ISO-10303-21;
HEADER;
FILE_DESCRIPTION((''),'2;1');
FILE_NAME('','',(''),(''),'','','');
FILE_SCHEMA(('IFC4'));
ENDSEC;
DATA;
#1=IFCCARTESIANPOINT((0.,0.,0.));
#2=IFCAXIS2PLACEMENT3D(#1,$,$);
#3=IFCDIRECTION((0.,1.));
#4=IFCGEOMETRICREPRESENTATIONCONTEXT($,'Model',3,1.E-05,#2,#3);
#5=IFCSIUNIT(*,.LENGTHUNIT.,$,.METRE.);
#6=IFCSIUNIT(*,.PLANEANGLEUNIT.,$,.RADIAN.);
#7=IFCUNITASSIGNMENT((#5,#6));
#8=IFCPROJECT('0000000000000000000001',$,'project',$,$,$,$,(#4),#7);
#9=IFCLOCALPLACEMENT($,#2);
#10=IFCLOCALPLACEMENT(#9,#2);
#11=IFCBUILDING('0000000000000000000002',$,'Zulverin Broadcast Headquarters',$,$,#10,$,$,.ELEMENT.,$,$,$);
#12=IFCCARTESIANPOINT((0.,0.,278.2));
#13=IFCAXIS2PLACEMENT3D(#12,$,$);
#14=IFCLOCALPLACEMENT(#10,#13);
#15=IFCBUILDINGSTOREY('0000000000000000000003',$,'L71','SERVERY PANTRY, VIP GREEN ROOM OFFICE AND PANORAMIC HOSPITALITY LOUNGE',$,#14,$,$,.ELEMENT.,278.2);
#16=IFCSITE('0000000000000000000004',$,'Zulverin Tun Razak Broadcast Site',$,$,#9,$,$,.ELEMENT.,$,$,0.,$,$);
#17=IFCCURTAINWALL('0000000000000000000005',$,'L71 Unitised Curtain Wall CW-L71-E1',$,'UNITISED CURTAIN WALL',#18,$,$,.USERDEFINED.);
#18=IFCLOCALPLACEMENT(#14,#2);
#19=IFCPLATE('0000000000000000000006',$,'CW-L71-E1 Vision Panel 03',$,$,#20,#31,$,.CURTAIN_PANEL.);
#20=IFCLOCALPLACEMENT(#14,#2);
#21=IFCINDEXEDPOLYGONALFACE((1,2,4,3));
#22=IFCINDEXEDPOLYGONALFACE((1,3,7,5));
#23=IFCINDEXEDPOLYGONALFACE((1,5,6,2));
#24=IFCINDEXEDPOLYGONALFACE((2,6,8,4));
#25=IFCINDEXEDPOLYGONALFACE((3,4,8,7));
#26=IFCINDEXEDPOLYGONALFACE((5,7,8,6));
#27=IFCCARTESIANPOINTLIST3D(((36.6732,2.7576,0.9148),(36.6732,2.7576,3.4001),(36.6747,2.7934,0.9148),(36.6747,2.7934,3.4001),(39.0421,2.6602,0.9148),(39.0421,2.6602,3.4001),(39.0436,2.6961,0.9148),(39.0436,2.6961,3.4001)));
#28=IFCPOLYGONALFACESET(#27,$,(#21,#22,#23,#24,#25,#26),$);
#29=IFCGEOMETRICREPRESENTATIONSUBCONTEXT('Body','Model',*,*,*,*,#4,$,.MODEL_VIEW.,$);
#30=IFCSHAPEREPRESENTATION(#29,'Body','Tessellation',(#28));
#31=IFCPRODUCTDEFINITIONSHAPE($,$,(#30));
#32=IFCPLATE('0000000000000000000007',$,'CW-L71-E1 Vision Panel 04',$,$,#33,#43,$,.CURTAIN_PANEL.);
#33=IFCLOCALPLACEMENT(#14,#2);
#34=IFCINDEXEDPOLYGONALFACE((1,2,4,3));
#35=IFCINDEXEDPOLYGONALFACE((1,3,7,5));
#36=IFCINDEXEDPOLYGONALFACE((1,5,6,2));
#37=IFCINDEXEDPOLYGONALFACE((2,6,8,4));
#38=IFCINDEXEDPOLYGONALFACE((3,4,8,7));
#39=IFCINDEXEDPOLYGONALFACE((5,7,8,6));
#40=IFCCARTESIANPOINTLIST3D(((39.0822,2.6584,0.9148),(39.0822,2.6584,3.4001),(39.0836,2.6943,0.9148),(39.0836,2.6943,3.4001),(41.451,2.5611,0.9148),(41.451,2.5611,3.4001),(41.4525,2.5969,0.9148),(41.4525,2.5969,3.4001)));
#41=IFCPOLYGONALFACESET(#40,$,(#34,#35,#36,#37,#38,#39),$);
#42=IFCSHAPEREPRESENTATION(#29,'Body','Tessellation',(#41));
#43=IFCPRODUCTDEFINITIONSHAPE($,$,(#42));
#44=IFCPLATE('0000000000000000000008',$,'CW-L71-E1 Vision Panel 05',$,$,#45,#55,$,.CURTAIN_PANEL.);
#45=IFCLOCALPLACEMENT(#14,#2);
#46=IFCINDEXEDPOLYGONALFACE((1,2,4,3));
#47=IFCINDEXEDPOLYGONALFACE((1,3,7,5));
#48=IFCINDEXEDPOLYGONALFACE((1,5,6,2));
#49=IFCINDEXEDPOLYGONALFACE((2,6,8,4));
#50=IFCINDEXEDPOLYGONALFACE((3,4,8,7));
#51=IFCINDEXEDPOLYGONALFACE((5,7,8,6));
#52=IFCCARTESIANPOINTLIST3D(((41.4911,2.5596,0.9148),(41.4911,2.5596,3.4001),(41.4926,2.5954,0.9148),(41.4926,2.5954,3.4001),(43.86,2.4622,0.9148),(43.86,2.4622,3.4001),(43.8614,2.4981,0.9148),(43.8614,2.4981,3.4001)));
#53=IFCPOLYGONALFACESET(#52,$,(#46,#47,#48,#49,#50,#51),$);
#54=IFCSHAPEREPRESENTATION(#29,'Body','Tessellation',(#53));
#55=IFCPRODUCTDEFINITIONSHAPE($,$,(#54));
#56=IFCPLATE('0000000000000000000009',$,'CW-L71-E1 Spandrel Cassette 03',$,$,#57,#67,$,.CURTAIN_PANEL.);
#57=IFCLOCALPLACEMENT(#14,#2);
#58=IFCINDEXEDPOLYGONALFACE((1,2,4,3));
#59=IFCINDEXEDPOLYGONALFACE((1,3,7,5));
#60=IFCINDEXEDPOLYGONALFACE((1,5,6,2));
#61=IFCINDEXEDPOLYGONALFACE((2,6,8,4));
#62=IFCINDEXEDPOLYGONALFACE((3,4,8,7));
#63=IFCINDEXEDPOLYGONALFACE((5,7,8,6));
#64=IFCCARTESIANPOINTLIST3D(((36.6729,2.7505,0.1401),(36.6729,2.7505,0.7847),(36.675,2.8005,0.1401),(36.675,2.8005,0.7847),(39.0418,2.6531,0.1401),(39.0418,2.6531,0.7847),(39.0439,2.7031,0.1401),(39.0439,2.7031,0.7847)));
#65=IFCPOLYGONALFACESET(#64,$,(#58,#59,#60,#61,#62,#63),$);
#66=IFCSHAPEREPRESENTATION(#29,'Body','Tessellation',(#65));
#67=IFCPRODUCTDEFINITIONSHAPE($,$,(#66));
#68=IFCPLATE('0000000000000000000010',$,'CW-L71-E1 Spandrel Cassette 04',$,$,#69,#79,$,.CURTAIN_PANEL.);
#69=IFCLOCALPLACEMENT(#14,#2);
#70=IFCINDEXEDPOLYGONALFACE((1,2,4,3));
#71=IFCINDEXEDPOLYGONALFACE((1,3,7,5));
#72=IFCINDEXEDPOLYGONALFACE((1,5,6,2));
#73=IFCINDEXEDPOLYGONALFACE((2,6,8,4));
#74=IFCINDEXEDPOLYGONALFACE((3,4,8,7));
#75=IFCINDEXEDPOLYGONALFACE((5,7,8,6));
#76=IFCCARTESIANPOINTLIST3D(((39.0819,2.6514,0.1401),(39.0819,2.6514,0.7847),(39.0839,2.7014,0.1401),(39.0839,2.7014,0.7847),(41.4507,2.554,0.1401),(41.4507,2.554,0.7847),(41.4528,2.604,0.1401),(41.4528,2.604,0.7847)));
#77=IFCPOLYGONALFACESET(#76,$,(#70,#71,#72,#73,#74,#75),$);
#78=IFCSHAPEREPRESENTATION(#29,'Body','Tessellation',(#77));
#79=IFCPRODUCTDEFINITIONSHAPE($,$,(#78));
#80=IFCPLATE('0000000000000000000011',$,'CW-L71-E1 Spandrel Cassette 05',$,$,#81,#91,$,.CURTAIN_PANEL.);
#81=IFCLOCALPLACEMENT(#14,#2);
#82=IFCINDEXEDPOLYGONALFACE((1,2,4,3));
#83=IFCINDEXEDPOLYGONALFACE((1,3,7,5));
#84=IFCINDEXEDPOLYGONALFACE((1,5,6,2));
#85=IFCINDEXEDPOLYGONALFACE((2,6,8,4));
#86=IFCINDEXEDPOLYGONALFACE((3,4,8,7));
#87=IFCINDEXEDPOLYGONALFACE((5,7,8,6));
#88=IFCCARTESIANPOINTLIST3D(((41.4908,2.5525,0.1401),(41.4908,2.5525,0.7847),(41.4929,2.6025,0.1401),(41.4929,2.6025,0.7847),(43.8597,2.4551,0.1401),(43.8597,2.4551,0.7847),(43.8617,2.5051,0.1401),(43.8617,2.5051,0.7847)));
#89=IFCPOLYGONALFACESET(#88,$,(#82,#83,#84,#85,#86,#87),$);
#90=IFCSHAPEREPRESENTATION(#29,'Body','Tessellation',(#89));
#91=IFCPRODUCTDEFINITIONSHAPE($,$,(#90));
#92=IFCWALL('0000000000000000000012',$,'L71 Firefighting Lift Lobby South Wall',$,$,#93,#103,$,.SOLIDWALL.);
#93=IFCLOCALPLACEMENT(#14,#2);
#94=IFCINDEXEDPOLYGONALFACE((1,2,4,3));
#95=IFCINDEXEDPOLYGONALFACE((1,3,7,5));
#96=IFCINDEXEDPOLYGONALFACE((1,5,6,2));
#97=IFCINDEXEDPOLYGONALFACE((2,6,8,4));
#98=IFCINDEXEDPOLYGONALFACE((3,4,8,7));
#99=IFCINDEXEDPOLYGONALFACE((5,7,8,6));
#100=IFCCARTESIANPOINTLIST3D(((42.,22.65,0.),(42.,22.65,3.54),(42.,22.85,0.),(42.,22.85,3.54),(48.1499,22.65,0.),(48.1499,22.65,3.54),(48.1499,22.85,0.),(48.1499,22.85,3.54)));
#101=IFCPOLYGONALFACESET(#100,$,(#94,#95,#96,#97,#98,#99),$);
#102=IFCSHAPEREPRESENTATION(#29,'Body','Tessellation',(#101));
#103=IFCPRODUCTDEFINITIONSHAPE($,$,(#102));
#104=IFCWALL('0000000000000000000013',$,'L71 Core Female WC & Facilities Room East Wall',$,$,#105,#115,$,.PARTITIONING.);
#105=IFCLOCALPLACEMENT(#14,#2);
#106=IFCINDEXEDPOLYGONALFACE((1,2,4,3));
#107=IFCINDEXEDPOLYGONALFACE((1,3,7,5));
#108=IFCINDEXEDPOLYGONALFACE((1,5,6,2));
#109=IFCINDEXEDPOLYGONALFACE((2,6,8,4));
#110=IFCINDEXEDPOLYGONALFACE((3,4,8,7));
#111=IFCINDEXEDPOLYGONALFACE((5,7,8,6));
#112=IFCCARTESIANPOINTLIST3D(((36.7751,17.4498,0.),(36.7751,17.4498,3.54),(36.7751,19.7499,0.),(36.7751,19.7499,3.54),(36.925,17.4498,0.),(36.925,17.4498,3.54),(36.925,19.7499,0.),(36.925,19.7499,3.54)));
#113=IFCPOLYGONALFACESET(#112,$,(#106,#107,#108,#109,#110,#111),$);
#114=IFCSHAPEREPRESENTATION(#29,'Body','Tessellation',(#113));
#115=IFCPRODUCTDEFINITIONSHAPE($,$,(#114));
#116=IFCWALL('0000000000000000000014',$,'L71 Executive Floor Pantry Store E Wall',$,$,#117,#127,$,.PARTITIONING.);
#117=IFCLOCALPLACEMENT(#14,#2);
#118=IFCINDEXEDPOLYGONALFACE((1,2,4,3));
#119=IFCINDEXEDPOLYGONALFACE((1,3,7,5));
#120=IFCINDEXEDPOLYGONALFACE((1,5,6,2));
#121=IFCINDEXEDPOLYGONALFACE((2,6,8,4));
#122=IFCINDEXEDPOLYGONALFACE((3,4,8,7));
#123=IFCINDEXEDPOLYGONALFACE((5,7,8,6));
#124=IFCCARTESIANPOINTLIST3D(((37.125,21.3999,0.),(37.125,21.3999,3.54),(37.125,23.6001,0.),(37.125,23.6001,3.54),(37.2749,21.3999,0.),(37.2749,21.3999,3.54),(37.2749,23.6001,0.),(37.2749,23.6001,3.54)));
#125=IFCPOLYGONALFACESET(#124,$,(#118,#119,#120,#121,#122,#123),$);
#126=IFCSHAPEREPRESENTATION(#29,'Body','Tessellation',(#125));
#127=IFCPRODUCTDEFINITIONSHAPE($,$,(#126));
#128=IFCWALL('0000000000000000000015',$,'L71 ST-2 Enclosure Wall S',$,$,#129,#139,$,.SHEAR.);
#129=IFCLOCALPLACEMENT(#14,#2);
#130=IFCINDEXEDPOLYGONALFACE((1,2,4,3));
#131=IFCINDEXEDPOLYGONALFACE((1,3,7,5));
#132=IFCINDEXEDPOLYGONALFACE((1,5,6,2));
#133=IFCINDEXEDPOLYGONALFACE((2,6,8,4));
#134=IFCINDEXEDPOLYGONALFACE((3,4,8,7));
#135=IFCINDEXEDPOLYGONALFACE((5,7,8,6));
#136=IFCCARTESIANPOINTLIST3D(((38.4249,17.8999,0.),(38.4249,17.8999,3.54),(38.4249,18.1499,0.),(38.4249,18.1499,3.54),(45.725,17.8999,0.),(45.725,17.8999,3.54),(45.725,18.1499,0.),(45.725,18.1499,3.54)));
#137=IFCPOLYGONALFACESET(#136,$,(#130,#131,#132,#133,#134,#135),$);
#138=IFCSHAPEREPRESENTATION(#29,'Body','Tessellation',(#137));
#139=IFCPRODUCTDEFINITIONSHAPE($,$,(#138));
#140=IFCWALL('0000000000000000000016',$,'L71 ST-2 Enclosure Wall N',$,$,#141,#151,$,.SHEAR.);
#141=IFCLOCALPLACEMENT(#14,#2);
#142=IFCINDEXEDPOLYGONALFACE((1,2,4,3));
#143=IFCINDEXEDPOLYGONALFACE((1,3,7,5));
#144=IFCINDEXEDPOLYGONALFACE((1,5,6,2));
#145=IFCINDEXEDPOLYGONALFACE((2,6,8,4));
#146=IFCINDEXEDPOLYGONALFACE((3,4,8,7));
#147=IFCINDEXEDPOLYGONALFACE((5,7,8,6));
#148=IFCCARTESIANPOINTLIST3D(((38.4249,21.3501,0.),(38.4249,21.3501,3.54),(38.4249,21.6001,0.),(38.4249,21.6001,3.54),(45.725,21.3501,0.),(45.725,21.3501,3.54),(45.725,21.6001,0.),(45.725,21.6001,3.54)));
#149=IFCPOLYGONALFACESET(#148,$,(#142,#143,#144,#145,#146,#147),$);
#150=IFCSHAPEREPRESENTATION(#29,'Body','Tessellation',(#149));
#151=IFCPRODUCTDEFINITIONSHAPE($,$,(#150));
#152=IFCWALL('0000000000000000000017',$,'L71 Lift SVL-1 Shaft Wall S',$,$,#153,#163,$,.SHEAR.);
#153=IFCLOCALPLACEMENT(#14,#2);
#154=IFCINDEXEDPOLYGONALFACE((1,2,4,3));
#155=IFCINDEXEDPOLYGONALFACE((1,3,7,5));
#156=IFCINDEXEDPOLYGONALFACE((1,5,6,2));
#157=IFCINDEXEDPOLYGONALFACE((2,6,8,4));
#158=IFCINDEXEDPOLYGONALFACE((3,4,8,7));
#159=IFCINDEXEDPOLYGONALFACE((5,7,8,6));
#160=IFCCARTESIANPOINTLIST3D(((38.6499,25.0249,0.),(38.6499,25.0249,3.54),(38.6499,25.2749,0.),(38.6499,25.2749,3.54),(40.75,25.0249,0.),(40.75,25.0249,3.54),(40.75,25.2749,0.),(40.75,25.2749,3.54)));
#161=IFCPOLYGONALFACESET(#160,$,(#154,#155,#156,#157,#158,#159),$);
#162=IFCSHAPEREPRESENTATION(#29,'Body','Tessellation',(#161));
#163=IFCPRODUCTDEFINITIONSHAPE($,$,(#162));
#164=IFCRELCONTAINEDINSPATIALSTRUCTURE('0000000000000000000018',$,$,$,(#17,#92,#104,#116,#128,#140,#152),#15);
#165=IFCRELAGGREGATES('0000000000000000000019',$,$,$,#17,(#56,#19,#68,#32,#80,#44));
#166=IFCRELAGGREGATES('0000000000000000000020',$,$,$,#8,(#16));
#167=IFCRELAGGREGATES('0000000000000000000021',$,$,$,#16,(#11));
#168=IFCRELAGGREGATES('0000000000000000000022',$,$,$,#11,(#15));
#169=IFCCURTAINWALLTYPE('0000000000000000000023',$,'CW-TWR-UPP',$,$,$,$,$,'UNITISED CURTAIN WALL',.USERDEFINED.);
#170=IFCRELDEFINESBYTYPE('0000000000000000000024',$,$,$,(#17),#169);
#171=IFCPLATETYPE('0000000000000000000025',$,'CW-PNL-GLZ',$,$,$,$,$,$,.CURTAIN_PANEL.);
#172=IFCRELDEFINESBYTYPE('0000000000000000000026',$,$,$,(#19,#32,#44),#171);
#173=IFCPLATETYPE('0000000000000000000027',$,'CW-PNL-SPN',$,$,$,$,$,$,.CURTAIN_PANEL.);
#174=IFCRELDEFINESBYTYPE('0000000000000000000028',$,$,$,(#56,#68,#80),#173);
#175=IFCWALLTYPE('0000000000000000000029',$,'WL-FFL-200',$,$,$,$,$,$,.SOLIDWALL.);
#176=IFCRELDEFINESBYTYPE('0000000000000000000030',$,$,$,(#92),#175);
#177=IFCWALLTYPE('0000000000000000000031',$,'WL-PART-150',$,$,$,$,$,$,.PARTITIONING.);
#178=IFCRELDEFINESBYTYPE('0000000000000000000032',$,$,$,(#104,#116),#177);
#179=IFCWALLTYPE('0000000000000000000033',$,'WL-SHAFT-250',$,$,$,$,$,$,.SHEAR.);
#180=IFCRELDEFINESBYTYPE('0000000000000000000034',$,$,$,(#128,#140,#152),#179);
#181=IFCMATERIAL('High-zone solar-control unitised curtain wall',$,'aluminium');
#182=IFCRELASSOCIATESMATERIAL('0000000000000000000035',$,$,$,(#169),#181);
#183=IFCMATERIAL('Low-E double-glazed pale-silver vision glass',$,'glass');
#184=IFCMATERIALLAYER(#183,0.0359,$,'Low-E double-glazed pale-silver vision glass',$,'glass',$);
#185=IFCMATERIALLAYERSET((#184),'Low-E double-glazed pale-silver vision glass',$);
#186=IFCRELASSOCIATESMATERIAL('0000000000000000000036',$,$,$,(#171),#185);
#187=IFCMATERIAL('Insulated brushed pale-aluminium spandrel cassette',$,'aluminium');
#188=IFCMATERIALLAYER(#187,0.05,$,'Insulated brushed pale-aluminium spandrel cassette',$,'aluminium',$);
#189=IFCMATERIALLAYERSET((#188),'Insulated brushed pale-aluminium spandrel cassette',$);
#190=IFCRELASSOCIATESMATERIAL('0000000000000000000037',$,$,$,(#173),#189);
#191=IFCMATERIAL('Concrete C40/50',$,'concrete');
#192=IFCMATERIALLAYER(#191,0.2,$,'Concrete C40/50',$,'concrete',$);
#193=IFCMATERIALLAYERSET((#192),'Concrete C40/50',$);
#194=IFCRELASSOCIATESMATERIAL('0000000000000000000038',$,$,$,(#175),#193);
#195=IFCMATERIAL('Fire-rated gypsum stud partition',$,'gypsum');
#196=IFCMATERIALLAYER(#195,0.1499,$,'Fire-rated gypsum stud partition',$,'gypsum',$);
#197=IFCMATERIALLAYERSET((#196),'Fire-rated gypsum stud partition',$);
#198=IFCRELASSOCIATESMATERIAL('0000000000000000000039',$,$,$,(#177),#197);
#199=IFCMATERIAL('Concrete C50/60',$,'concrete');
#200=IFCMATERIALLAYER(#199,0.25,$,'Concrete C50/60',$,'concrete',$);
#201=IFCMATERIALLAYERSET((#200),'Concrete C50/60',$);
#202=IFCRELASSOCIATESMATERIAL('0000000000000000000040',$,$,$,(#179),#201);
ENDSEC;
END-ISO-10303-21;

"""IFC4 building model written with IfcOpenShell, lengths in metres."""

from ifc_helpers import new_model, si_unit, direction, frame, frame_2d, origin, origin_2d, place, context, subcontext, project, spatial, rectangle, extrude, material, layer, layer_set, type_object, element, aggregate, save


model = new_model("IFC4")

# Units and contexts
model_context = context("Model", 3, precision=1e-05, world=origin(), true_north=direction((0.0, 1.0)))
body_context = subcontext(model_context, "Body", "Model", "MODEL_VIEW")
ifc_project = project(units=[si_unit("LENGTHUNIT", "METRE"), si_unit("PLANEANGLEUNIT", "RADIAN")], contexts=[model_context])

# Site, building, storey
site_placement = place(None, origin())
site = spatial("IfcSite", under=ifc_project, at=site_placement, Name="Zulverin Tun Razak Broadcast Site", CompositionType="ELEMENT", RefElevation=0.0)
building_placement = place(site_placement, origin())
building = spatial("IfcBuilding", under=site, at=building_placement, Name="Zulverin Broadcast Headquarters", CompositionType="ELEMENT")
storey_placement = place(building_placement, frame((0.0, 0.0, 278.2)))
storey = spatial("IfcBuildingStorey", under=building, at=storey_placement, Name="L71", Description="SERVERY PANTRY, VIP GREEN ROOM OFFICE AND PANORAMIC HOSPITALITY LOUNGE", CompositionType="ELEMENT", Elevation=278.2)

# Shared definitions
ifc_material_1 = material(Name="Concrete C50/60", Category="concrete")

# Shared definitions
ifc_material_2 = material(Name="Concrete C40/50", Category="concrete")

# Curtain wall, plates
ifc_material_3 = material(Name="High-zone solar-control unitised curtain wall", Category="aluminium")
curtain_wall_type = type_object("IfcCurtainWallType", Name="CW-TWR-UPP", ElementType="UNITISED CURTAIN WALL", PredefinedType="USERDEFINED", material=ifc_material_3)
curtain_wall_placement = place(storey_placement, origin())
curtain_wall = element("IfcCurtainWall", 1, at=curtain_wall_placement, inside=storey, type_object=curtain_wall_type, Name="L71 Unitised Curtain Wall CW-L71-E1", ObjectType="UNITISED CURTAIN WALL", PredefinedType="USERDEFINED")
ifc_material_4 = material(Name="Low-E double-glazed pale-silver vision glass", Category="glass")
ifc_layer_1 = layer(ifc_material_4, 0.0359, Name="Low-E double-glazed pale-silver vision glass", Category="glass")
ifc_layer_set_1 = layer_set([ifc_layer_1], Name="Low-E double-glazed pale-silver vision glass")
plate_type_1 = type_object("IfcPlateType", Name="CW-PNL-GLZ", PredefinedType="CURTAIN_PANEL", material=ifc_layer_set_1)
plate_1_placement = place(storey_placement, frame((37.8584, 2.7268, 0.9148), z_axis=(0.0, 0.0, 1.0), x_axis=(0.999156, -0.04107, 0.0)))
plate_1 = element("IfcPlate", 2, at=plate_1_placement, type_object=plate_type_1, Name="CW-L71-E1 Vision Panel 03", PredefinedType="CURTAIN_PANEL", context=body_context, shape_type="SweptSolid", body=[
    extrude(rectangle(XDim=2.3708, YDim=0.0359, at=origin_2d()), origin(), (0.0, 0.0, 1.0), 2.4854),
])
plate_2_placement = place(storey_placement, frame((40.2673, 2.6277, 0.9148), z_axis=(0.0, 0.0, 1.0), x_axis=(0.999156, -0.04107, 0.0)))
plate_2 = element("IfcPlate", 3, at=plate_2_placement, type_object=plate_type_1, Name="CW-L71-E1 Vision Panel 04", PredefinedType="CURTAIN_PANEL", context=body_context, shape_type="SweptSolid", body=[
    extrude(rectangle(XDim=2.3708, YDim=0.0359, at=origin_2d()), origin(), (0.0, 0.0, 1.0), 2.4854),
])
plate_3_placement = place(storey_placement, frame((42.6763, 2.5288, 0.9148), z_axis=(0.0, 0.0, 1.0), x_axis=(0.999156, -0.04107, 0.0)))
plate_3 = element("IfcPlate", 4, at=plate_3_placement, type_object=plate_type_1, Name="CW-L71-E1 Vision Panel 05", PredefinedType="CURTAIN_PANEL", context=body_context, shape_type="SweptSolid", body=[
    extrude(rectangle(XDim=2.3708, YDim=0.0359, at=origin_2d()), origin(), (0.0, 0.0, 1.0), 2.4854),
])
ifc_material_5 = material(Name="Insulated brushed pale-aluminium spandrel cassette", Category="aluminium")
ifc_layer_2 = layer(ifc_material_5, 0.05, Name="Insulated brushed pale-aluminium spandrel cassette", Category="aluminium")
ifc_layer_set_2 = layer_set([ifc_layer_2], Name="Insulated brushed pale-aluminium spandrel cassette")
plate_type_2 = type_object("IfcPlateType", Name="CW-PNL-SPN", PredefinedType="CURTAIN_PANEL", material=ifc_layer_set_2)
plate_4_placement = place(storey_placement, frame((37.8584, 2.7268, 0.1401), z_axis=(0.0, 0.0, 1.0), x_axis=(0.999156, -0.04107, 0.0)))
plate_4 = element("IfcPlate", 5, at=plate_4_placement, type_object=plate_type_2, Name="CW-L71-E1 Spandrel Cassette 03", PredefinedType="CURTAIN_PANEL", context=body_context, shape_type="SweptSolid", body=[
    extrude(rectangle(XDim=2.3708, YDim=0.05, at=origin_2d()), origin(), (0.0, 0.0, 1.0), 0.6445),
])
plate_5_placement = place(storey_placement, frame((40.2673, 2.6277, 0.1401), z_axis=(0.0, 0.0, 1.0), x_axis=(0.999156, -0.04107, 0.0)))
plate_5 = element("IfcPlate", 6, at=plate_5_placement, type_object=plate_type_2, Name="CW-L71-E1 Spandrel Cassette 04", PredefinedType="CURTAIN_PANEL", context=body_context, shape_type="SweptSolid", body=[
    extrude(rectangle(XDim=2.3708, YDim=0.05, at=origin_2d()), origin(), (0.0, 0.0, 1.0), 0.6445),
])
plate_6_placement = place(storey_placement, frame((42.6763, 2.5288, 0.1401), z_axis=(0.0, 0.0, 1.0), x_axis=(0.999156, -0.04107, 0.0)))
plate_6 = element("IfcPlate", 7, at=plate_6_placement, type_object=plate_type_2, Name="CW-L71-E1 Spandrel Cassette 05", PredefinedType="CURTAIN_PANEL", context=body_context, shape_type="SweptSolid", body=[
    extrude(rectangle(XDim=2.3708, YDim=0.05, at=origin_2d()), origin(), (0.0, 0.0, 1.0), 0.6445),
])
aggregate(curtain_wall, [plate_4, plate_1, plate_5, plate_2, plate_6, plate_3])

# Shared definitions
ifc_layer_3 = layer(ifc_material_2, 0.2, Name="Concrete C40/50", Category="concrete")
ifc_layer_set_3 = layer_set([ifc_layer_3], Name="Concrete C40/50")
wall_type_1 = type_object("IfcWallType", Name="WL-FFL-200", PredefinedType="SOLIDWALL", material=ifc_layer_set_3)

# Walls
wall_1_placement = place(storey_placement, frame((42.0, 22.75, 0.0), z_axis=(0.0, 0.0, 1.0), x_axis=(1.0, 0.0, 0.0)))
element("IfcWall", 8, at=wall_1_placement, inside=storey, type_object=wall_type_1, Name="L71 Firefighting Lift Lobby South Wall", PredefinedType="SOLIDWALL", context=body_context, shape_type="SweptSolid", body=[
    extrude(rectangle(XDim=6.1499, YDim=0.2, at=frame_2d((3.075, 0.0))), origin(), (0.0, 0.0, 1.0), 3.54),
])
ifc_material_6 = material(Name="Fire-rated gypsum stud partition", Category="gypsum")
ifc_layer_4 = layer(ifc_material_6, 0.1499, Name="Fire-rated gypsum stud partition", Category="gypsum")
ifc_layer_set_4 = layer_set([ifc_layer_4], Name="Fire-rated gypsum stud partition")
wall_type_2 = type_object("IfcWallType", Name="WL-PART-150", PredefinedType="PARTITIONING", material=ifc_layer_set_4)
wall_2_placement = place(storey_placement, frame((36.8501, 17.45, 0.0), z_axis=(0.0, 0.0, 1.0), x_axis=(0.0, 1.0, 0.0)))
element("IfcWall", 9, at=wall_2_placement, inside=storey, type_object=wall_type_2, Name="L71 Core Female WC & Facilities Room East Wall", PredefinedType="PARTITIONING", context=body_context, shape_type="SweptSolid", body=[
    extrude(rectangle(XDim=2.3, YDim=0.1499, at=frame_2d((1.1499, 0.0))), origin(), (0.0, 0.0, 1.0), 3.54),
])
wall_3_placement = place(storey_placement, frame((37.2, 21.3999, 0.0), z_axis=(0.0, 0.0, 1.0), x_axis=(0.0, 1.0, 0.0)))
element("IfcWall", 10, at=wall_3_placement, inside=storey, type_object=wall_type_2, Name="L71 Executive Floor Pantry Store E Wall", PredefinedType="PARTITIONING", context=body_context, shape_type="SweptSolid", body=[
    extrude(rectangle(XDim=2.2002, YDim=0.1499, at=frame_2d((1.1001, 0.0))), origin(), (0.0, 0.0, 1.0), 3.54),
])
ifc_layer_5 = layer(ifc_material_1, 0.25, Name="Concrete C50/60", Category="concrete")
ifc_layer_set_5 = layer_set([ifc_layer_5], Name="Concrete C50/60")
wall_type_3 = type_object("IfcWallType", Name="WL-SHAFT-250", PredefinedType="SHEAR", material=ifc_layer_set_5)
for number, where, z_axis, x_axis, name in (
    (11, (38.425, 18.0249, 0.0), (0.0, 0.0, 1.0), (1.0, 0.0, 0.0), "L71 ST-2 Enclosure Wall S"),
    (12, (38.425, 21.4751, 0.0), (0.0, 0.0, 1.0), (1.0, 0.0, 0.0), "L71 ST-2 Enclosure Wall N"),
):
    element("IfcWall", number, at=place(storey_placement, frame(where, z_axis=z_axis, x_axis=x_axis)), inside=storey, type_object=wall_type_3, Name=name, PredefinedType="SHEAR", context=body_context, shape_type="SweptSolid", body=[
        extrude(rectangle(XDim=7.3, YDim=0.25, at=frame_2d((3.6499, 0.0))), origin(), (0.0, 0.0, 1.0), 3.54),
    ])

# Wall
wall_4_placement = place(storey_placement, frame((38.6499, 25.1499, 0.0), z_axis=(0.0, 0.0, 1.0), x_axis=(1.0, 0.0, 0.0)))
element("IfcWall", 13, at=wall_4_placement, inside=storey, type_object=wall_type_3, Name="L71 Lift SVL-1 Shaft Wall S", PredefinedType="SHEAR", context=body_context, shape_type="SweptSolid", body=[
    extrude(rectangle(XDim=2.1001, YDim=0.25, at=frame_2d((1.05, 0.0))), origin(), (0.0, 0.0, 1.0), 3.54),
])

save(model, "model.ifc")
